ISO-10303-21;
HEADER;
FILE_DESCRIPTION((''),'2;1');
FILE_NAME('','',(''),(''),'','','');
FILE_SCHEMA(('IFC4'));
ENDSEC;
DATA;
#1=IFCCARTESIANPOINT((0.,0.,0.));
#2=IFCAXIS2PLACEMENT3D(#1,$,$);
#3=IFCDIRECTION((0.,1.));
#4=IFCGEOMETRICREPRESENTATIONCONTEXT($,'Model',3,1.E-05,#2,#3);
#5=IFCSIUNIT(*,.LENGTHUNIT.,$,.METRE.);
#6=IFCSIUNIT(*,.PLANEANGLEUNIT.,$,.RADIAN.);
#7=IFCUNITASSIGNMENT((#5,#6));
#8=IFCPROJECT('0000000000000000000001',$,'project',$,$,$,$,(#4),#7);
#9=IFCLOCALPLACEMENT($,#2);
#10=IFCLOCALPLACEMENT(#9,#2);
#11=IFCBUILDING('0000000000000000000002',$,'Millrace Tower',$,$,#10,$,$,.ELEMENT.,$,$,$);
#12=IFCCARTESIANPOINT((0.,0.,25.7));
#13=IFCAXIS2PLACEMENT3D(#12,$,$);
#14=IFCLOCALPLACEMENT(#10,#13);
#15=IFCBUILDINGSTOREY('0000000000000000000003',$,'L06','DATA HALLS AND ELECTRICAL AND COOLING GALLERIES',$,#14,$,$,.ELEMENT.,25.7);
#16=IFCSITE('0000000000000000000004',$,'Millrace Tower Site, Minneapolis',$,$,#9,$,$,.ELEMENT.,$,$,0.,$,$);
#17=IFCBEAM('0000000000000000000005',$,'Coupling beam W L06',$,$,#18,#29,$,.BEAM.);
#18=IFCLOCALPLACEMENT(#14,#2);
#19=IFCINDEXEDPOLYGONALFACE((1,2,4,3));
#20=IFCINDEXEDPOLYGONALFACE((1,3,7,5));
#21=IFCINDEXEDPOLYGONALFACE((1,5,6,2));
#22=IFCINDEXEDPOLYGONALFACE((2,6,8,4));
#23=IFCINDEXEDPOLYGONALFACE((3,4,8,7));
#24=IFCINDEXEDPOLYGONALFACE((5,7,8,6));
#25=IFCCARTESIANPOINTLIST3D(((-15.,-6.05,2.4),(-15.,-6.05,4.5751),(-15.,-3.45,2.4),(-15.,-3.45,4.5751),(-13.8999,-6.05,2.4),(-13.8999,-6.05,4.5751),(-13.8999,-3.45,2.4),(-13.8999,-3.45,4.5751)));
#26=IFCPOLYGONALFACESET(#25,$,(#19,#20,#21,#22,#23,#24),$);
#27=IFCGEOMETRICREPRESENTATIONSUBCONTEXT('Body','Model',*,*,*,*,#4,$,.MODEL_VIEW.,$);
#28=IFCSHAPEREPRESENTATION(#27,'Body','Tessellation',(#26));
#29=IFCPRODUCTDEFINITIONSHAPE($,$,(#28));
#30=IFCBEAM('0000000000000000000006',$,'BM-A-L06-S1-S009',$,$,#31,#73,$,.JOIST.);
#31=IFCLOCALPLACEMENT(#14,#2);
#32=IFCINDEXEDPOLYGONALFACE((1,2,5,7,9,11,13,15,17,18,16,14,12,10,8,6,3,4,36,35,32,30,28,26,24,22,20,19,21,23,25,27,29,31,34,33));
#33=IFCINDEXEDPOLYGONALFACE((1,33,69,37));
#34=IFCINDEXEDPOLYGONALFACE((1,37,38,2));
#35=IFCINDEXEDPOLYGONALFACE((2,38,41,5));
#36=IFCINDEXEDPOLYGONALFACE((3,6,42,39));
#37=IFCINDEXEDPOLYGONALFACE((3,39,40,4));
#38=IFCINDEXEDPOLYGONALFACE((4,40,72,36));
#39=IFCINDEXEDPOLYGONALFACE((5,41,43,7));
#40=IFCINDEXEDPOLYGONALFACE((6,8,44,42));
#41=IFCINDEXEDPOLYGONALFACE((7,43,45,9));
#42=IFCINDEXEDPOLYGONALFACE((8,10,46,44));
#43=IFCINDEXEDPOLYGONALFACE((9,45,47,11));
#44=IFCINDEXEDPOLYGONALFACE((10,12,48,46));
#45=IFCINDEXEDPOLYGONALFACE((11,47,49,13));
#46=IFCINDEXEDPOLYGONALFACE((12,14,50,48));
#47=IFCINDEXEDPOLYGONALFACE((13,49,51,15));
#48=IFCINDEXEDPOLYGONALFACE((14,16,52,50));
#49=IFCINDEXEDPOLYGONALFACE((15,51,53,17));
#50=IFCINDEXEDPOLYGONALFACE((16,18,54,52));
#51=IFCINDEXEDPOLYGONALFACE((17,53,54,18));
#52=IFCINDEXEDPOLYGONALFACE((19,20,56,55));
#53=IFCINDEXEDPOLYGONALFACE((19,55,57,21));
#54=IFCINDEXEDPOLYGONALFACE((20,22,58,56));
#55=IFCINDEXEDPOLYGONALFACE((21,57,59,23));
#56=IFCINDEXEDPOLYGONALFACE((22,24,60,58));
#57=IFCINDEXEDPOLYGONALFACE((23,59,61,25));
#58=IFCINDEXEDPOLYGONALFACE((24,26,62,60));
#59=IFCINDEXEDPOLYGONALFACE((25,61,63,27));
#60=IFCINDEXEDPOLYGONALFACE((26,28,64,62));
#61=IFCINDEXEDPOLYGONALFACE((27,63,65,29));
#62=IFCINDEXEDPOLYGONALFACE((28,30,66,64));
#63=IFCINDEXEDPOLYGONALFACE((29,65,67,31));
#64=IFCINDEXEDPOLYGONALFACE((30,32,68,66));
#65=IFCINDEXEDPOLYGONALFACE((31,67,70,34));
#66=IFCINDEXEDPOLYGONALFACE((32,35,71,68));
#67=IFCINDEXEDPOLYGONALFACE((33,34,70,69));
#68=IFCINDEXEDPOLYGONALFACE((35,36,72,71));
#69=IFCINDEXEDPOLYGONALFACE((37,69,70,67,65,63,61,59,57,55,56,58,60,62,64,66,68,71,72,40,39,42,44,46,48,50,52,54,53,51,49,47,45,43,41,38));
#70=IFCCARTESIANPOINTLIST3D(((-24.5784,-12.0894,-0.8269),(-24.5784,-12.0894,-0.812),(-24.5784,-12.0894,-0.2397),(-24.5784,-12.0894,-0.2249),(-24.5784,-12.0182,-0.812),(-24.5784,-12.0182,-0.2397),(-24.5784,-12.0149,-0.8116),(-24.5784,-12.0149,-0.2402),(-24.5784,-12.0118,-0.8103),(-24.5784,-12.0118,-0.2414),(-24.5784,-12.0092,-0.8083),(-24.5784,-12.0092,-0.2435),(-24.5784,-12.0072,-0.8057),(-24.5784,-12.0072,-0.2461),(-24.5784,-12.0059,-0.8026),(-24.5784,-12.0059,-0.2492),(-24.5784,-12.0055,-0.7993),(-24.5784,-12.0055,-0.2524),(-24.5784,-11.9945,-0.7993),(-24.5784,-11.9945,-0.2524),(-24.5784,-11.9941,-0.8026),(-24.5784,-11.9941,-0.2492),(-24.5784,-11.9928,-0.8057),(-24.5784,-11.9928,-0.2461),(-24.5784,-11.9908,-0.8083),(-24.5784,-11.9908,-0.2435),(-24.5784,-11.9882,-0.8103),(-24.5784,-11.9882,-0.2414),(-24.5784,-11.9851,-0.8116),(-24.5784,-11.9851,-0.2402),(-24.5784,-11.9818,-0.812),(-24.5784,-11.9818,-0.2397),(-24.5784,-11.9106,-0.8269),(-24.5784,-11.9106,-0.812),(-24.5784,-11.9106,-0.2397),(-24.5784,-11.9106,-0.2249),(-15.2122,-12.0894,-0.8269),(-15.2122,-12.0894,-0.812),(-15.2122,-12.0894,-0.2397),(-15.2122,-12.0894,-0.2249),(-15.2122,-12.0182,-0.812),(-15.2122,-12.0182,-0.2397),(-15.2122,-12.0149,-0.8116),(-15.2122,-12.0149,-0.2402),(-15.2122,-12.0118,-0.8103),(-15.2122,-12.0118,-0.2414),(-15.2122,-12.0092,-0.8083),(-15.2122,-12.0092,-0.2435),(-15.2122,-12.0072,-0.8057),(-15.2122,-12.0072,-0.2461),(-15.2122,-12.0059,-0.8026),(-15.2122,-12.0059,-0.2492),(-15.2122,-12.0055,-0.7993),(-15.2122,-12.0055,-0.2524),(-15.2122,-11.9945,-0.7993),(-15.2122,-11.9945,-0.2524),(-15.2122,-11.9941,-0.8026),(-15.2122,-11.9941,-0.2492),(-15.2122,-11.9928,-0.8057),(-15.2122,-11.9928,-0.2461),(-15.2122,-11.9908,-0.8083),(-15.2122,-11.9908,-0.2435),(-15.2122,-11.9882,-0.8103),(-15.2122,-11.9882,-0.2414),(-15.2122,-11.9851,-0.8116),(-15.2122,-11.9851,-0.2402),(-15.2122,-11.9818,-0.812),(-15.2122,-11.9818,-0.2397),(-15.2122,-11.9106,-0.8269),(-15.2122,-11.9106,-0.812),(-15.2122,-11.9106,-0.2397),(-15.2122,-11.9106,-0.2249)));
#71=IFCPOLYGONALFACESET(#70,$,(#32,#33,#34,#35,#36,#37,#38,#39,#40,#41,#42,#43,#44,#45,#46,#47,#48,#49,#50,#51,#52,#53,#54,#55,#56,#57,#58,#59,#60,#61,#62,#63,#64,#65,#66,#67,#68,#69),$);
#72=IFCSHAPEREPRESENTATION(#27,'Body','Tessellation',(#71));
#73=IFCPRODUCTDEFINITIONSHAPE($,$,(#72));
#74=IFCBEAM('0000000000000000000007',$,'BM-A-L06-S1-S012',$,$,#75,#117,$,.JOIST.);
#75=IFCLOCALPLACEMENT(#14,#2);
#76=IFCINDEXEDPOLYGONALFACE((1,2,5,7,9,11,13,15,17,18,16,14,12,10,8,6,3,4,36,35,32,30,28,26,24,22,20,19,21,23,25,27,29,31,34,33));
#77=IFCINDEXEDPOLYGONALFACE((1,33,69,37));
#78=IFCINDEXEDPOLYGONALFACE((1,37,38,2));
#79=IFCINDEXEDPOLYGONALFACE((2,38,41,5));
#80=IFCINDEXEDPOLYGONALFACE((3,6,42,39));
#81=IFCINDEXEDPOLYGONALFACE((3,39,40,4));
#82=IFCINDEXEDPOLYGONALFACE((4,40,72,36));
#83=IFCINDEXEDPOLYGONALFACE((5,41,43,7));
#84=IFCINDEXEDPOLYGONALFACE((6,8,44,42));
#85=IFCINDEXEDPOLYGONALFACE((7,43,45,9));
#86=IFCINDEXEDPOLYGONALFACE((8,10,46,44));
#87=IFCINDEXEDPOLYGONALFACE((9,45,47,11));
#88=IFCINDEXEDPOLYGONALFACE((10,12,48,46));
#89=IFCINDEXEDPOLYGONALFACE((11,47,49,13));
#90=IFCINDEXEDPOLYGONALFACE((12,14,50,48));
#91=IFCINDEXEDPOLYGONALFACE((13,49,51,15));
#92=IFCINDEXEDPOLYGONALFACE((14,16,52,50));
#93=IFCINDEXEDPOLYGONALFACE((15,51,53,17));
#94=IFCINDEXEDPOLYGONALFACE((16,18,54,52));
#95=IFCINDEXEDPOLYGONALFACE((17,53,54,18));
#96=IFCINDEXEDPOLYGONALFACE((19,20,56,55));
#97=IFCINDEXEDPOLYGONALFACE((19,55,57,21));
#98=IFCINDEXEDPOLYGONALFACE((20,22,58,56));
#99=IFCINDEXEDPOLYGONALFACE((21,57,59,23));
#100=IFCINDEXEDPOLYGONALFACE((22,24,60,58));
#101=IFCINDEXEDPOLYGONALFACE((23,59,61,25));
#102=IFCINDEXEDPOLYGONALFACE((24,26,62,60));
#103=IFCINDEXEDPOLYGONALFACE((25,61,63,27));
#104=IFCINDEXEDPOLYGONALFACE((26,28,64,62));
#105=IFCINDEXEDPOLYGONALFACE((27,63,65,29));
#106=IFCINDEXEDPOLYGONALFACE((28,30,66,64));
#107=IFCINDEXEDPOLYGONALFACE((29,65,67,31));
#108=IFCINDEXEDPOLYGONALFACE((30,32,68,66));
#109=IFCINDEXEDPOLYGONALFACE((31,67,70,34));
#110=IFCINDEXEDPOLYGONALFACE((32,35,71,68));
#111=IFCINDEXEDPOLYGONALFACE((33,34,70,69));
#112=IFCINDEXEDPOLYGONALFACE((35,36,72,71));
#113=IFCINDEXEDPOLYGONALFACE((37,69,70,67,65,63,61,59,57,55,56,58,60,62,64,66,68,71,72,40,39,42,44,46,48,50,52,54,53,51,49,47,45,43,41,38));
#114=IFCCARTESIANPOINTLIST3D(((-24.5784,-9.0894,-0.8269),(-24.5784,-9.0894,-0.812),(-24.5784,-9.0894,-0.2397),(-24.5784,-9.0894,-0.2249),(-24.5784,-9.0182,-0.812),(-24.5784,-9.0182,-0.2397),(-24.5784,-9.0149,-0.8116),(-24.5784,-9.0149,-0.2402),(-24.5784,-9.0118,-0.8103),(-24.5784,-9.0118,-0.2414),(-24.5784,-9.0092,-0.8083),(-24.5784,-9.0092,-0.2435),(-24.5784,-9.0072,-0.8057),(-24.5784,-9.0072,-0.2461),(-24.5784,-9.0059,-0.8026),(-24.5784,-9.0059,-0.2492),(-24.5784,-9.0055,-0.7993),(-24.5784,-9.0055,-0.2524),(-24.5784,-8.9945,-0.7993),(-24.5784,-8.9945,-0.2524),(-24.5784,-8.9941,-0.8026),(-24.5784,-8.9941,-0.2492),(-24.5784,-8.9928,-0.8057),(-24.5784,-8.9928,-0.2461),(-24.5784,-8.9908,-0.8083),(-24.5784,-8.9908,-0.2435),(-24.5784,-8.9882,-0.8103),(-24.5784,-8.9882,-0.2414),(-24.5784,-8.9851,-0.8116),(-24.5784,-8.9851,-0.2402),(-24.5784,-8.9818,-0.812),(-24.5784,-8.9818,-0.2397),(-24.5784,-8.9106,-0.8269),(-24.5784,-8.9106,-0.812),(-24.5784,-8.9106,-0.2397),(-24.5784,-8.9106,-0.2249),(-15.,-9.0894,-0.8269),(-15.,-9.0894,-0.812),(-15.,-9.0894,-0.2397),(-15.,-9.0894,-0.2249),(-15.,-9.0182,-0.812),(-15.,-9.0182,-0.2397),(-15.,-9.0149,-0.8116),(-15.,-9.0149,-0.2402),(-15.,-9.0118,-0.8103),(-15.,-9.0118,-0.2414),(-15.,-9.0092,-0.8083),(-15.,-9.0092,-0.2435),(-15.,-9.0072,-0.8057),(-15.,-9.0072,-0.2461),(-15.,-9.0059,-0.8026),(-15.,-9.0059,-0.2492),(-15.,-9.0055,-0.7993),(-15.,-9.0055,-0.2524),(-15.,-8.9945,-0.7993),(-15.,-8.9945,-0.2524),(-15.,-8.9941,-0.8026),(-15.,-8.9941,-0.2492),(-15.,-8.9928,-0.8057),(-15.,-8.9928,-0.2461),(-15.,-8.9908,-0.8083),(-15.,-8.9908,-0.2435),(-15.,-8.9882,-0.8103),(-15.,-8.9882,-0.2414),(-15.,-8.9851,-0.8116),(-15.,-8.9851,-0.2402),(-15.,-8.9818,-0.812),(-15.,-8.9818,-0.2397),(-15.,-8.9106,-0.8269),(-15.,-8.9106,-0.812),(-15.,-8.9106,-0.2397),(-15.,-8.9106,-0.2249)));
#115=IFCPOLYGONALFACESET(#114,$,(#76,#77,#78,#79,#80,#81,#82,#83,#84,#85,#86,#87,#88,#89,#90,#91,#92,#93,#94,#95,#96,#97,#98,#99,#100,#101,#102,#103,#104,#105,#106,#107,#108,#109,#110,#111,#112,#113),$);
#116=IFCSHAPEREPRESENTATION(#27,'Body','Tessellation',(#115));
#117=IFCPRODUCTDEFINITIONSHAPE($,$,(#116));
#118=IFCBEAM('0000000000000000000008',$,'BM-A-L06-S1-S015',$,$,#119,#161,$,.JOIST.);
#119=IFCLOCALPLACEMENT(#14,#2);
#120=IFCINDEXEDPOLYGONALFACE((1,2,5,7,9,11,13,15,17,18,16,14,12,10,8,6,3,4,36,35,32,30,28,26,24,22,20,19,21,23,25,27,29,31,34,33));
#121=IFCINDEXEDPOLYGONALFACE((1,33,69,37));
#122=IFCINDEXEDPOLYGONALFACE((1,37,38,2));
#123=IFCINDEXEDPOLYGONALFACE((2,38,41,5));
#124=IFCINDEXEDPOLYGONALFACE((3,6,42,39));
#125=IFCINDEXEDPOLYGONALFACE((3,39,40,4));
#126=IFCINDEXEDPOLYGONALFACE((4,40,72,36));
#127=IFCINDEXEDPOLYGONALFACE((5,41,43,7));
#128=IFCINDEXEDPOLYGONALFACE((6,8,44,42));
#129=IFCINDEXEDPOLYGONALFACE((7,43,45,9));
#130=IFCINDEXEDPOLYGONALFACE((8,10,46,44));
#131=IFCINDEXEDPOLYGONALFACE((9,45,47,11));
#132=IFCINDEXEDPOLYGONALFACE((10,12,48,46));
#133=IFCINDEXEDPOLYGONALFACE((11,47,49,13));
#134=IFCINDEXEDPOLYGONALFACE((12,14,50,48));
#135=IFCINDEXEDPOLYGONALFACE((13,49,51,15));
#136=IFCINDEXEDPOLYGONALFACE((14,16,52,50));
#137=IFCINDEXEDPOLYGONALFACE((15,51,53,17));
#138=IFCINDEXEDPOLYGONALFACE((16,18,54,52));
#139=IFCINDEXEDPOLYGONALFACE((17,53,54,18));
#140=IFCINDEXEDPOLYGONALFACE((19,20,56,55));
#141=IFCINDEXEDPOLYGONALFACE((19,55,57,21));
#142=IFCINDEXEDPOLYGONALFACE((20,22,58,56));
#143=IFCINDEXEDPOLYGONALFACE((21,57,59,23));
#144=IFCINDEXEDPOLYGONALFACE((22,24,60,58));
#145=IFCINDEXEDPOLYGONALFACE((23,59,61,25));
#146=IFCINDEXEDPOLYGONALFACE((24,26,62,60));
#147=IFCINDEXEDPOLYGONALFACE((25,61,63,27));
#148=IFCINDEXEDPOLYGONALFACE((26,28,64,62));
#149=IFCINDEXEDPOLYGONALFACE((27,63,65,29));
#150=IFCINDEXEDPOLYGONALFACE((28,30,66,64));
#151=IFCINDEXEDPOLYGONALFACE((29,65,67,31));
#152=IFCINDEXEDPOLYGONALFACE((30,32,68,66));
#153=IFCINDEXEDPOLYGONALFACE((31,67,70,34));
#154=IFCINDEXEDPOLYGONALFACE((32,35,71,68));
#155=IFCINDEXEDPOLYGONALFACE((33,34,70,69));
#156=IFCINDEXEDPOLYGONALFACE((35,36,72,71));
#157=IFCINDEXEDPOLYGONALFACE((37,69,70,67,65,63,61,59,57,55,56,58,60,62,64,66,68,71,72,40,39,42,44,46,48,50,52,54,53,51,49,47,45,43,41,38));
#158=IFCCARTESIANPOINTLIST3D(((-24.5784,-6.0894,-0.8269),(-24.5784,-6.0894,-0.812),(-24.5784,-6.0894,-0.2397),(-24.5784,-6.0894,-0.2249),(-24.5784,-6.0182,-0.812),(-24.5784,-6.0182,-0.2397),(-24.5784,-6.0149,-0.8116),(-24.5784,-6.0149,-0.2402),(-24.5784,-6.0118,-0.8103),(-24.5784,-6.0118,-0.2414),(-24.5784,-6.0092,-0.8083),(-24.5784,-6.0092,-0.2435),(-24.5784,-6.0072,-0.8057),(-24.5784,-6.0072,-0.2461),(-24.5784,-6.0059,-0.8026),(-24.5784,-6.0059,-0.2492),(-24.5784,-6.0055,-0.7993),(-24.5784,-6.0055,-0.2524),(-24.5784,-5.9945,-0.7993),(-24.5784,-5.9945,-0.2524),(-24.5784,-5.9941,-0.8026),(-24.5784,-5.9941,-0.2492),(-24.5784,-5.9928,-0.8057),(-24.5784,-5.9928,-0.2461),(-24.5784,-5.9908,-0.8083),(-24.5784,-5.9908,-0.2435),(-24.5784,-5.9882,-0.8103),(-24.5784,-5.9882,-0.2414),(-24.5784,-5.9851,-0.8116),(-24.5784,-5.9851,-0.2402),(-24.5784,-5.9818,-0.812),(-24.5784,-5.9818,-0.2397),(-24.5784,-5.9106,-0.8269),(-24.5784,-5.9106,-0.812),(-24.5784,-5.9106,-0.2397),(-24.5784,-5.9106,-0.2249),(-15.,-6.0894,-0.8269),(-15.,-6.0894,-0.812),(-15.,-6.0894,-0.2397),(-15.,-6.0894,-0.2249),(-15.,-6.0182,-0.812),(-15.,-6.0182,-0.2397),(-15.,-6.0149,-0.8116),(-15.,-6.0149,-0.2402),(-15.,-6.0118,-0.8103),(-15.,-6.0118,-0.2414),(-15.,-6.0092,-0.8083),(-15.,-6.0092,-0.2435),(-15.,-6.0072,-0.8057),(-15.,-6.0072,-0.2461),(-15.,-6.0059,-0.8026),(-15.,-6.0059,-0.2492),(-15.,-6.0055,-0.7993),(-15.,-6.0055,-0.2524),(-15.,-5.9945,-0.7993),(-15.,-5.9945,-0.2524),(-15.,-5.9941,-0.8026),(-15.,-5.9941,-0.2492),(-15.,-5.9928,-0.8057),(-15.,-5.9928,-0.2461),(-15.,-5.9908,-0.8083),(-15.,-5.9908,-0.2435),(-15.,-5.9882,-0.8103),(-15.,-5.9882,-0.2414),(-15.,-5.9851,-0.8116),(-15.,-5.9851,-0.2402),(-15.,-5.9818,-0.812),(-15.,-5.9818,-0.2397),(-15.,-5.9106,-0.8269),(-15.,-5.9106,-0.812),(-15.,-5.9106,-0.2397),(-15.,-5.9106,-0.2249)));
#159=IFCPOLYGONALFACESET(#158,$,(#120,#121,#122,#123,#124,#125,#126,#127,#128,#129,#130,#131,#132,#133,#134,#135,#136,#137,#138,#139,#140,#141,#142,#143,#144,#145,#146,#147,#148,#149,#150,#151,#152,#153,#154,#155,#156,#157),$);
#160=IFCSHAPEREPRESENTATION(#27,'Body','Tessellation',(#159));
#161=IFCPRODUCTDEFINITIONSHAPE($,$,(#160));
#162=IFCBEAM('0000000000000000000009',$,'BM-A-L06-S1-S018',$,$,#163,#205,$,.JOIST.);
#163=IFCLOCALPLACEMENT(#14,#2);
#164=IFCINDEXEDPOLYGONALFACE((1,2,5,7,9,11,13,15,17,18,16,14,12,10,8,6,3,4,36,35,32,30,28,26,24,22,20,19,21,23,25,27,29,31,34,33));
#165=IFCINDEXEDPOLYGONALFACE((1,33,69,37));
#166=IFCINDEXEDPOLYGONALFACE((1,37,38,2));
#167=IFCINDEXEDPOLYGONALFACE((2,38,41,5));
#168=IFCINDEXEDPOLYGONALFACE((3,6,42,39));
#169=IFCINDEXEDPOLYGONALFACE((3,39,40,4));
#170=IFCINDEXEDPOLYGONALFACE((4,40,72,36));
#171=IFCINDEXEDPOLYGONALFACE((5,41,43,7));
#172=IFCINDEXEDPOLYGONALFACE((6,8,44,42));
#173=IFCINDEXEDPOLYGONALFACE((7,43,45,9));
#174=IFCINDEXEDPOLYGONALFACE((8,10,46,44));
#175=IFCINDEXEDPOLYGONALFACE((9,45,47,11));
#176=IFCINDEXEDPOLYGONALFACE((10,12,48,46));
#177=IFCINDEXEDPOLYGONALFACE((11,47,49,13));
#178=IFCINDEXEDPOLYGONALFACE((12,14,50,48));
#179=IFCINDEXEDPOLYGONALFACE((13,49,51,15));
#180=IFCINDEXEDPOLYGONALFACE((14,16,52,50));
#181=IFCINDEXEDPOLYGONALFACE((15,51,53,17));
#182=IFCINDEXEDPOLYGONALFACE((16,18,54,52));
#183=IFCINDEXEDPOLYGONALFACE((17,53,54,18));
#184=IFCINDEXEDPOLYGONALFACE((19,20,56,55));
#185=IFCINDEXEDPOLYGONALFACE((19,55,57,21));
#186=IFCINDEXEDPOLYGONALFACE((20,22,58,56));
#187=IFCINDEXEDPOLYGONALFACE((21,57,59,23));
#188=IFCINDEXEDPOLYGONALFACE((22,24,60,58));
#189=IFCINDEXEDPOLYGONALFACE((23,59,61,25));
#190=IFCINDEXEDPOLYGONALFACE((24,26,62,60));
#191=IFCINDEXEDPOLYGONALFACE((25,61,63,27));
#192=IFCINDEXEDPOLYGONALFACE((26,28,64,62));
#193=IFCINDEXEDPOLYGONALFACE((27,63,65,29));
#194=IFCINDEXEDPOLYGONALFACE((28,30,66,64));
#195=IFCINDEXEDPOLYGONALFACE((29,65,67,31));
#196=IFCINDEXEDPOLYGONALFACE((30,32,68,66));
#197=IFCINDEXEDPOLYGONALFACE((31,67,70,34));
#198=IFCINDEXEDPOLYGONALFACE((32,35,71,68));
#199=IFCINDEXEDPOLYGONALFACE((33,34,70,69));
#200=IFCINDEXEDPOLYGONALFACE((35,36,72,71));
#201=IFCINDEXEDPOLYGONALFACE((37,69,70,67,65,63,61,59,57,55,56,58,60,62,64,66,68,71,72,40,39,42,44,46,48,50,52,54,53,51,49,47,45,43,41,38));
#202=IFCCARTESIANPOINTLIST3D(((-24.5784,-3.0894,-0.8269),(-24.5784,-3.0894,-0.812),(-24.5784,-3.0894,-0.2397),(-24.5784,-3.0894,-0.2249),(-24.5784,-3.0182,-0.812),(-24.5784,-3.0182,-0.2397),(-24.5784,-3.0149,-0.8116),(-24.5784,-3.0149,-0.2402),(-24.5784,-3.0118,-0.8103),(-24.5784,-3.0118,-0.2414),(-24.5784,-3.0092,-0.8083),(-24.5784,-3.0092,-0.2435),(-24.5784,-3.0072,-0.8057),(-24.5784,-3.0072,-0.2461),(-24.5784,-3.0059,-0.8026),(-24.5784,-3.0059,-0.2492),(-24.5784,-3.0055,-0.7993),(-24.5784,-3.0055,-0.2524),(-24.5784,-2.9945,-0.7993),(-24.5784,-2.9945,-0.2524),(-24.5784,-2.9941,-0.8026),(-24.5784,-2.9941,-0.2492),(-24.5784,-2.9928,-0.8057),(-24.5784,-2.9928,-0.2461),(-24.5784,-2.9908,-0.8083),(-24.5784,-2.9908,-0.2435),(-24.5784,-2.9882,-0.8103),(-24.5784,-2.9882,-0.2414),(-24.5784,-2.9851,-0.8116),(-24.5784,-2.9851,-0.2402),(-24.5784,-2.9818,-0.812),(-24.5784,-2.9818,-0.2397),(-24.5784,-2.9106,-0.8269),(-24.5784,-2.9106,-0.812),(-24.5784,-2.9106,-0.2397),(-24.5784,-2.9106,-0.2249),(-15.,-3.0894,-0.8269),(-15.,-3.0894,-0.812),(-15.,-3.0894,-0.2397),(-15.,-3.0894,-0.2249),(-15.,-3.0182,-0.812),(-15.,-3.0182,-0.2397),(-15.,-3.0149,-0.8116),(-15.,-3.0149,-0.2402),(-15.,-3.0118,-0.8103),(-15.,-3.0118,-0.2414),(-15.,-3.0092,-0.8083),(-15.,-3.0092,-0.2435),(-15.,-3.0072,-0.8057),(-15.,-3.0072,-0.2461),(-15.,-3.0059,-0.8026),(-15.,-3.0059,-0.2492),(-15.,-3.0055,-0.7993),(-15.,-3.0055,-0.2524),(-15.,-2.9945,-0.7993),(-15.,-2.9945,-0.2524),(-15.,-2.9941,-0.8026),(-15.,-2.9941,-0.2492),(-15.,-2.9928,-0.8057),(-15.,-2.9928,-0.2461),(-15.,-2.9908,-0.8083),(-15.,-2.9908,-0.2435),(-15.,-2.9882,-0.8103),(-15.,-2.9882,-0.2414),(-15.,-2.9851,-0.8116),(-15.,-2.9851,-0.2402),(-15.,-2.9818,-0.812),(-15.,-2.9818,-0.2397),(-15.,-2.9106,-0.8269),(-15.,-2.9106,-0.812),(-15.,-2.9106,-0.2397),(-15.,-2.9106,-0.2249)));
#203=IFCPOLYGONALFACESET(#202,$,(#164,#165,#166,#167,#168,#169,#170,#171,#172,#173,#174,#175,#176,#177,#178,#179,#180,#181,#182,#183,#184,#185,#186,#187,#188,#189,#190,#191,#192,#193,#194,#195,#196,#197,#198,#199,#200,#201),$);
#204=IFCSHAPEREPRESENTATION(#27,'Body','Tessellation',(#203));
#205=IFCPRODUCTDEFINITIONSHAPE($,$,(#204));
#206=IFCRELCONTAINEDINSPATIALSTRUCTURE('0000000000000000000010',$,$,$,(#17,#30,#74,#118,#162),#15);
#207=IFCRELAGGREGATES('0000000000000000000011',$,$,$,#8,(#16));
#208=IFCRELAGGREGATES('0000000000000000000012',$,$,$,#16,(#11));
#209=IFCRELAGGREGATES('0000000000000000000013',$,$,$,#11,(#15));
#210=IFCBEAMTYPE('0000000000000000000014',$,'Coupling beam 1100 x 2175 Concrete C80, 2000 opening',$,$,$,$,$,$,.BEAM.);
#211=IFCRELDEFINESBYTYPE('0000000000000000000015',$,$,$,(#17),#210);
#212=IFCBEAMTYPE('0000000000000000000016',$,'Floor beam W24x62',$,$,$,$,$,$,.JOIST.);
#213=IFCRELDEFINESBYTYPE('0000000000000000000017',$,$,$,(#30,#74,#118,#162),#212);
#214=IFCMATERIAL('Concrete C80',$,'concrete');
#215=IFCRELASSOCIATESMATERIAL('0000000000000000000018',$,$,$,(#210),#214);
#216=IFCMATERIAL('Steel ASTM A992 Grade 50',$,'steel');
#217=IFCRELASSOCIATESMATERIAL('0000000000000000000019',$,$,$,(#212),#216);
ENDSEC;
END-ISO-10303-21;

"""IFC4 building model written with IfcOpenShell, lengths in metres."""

from ifc_helpers import new_model, si_unit, direction, frame, origin, origin_2d, place, context, subcontext, project, spatial, rectangle, i_section, extrude, material, material_profile, profile_set, type_object, element, save


model = new_model("IFC4")

# Units and contexts
model_context = context("Model", 3, precision=1e-05, world=origin(), true_north=direction((0.0, 1.0)))
body_context = subcontext(model_context, "Body", "Model", "MODEL_VIEW")
ifc_project = project(units=[si_unit("LENGTHUNIT", "METRE"), si_unit("PLANEANGLEUNIT", "RADIAN")], contexts=[model_context])

# Site, building, storey
site_placement = place(None, origin())
site = spatial("IfcSite", under=ifc_project, at=site_placement, Name="Millrace Tower Site, Minneapolis", CompositionType="ELEMENT", RefElevation=0.0)
building_placement = place(site_placement, origin())
building = spatial("IfcBuilding", under=site, at=building_placement, Name="Millrace Tower", CompositionType="ELEMENT")
storey_placement = place(building_placement, frame((0.0, 0.0, 25.7)))
storey = spatial("IfcBuildingStorey", under=building, at=storey_placement, Name="L06", Description="DATA HALLS AND ELECTRICAL AND COOLING GALLERIES", CompositionType="ELEMENT", Elevation=25.7)

# Beams
ifc_material_1 = material(Name="Concrete C80", Category="concrete")
ifc_material_profile_1 = material_profile(ifc_material_1, rectangle(XDim=1.1001, YDim=2.175, at=origin_2d()))
ifc_profile_set_1 = profile_set([ifc_material_profile_1], Name="Concrete C80")
beam_type_1 = type_object("IfcBeamType", Name="Coupling beam 1100 x 2175 Concrete C80, 2000 opening", PredefinedType="BEAM", material=ifc_profile_set_1)
beam_1_placement = place(storey_placement, frame((-14.45, -6.05, 3.4875), z_axis=(0.0, 1.0, 0.0), x_axis=(-1.0, 0.0, 0.0)))
element("IfcBeam", 1, at=beam_1_placement, inside=storey, type_object=beam_type_1, Name="Coupling beam W L06", PredefinedType="BEAM", context=body_context, shape_type="SweptSolid", body=[
    extrude(rectangle(XDim=1.1001, YDim=2.175, at=origin_2d()), origin(), (0.0, 0.0, 1.0), 2.6001),
])
ifc_material_2 = material(Name="Steel ASTM A992 Grade 50", Category="steel")
ifc_material_profile_2 = material_profile(ifc_material_2, i_section(OverallWidth=0.1787, OverallDepth=0.6021, WebThickness=0.011, FlangeThickness=0.0149, FilletRadius=0.0127, at=origin_2d()))
ifc_profile_set_2 = profile_set([ifc_material_profile_2], Name="Steel ASTM A992 Grade 50")
beam_type_2 = type_object("IfcBeamType", Name="Floor beam W24x62", PredefinedType="JOIST", material=ifc_profile_set_2)
beam_2_placement = place(storey_placement, frame((-24.5784, -12.0, -0.5259), z_axis=(1.0, 0.0, 0.0), x_axis=(0.0, 1.0, 0.0)))
element("IfcBeam", 2, at=beam_2_placement, inside=storey, type_object=beam_type_2, Name="BM-A-L06-S1-S009", PredefinedType="JOIST", context=body_context, shape_type="SweptSolid", body=[
    extrude(i_section(OverallWidth=0.1787, OverallDepth=0.6021, WebThickness=0.011, FlangeThickness=0.0149, FilletRadius=0.0127, at=origin_2d()), origin(), (0.0, 0.0, 1.0), 9.3662),
])
for number, where, z_axis, x_axis, name in (
    (3, (-24.5784, -9.0, -0.5259), (1.0, 0.0, 0.0), (0.0, 1.0, 0.0), "BM-A-L06-S1-S012"),
    (4, (-24.5784, -6.0, -0.5259), (1.0, 0.0, 0.0), (0.0, 1.0, 0.0), "BM-A-L06-S1-S015"),
    (5, (-24.5784, -3.0, -0.5259), (1.0, 0.0, 0.0), (0.0, 1.0, 0.0), "BM-A-L06-S1-S018"),
):
    element("IfcBeam", number, at=place(storey_placement, frame(where, z_axis=z_axis, x_axis=x_axis)), inside=storey, type_object=beam_type_2, Name=name, PredefinedType="JOIST", context=body_context, shape_type="SweptSolid", body=[
        extrude(i_section(OverallWidth=0.1787, OverallDepth=0.6021, WebThickness=0.011, FlangeThickness=0.0149, FilletRadius=0.0127, at=origin_2d()), origin(), (0.0, 0.0, 1.0), 9.5784),
    ])

save(model, "model.ifc")
